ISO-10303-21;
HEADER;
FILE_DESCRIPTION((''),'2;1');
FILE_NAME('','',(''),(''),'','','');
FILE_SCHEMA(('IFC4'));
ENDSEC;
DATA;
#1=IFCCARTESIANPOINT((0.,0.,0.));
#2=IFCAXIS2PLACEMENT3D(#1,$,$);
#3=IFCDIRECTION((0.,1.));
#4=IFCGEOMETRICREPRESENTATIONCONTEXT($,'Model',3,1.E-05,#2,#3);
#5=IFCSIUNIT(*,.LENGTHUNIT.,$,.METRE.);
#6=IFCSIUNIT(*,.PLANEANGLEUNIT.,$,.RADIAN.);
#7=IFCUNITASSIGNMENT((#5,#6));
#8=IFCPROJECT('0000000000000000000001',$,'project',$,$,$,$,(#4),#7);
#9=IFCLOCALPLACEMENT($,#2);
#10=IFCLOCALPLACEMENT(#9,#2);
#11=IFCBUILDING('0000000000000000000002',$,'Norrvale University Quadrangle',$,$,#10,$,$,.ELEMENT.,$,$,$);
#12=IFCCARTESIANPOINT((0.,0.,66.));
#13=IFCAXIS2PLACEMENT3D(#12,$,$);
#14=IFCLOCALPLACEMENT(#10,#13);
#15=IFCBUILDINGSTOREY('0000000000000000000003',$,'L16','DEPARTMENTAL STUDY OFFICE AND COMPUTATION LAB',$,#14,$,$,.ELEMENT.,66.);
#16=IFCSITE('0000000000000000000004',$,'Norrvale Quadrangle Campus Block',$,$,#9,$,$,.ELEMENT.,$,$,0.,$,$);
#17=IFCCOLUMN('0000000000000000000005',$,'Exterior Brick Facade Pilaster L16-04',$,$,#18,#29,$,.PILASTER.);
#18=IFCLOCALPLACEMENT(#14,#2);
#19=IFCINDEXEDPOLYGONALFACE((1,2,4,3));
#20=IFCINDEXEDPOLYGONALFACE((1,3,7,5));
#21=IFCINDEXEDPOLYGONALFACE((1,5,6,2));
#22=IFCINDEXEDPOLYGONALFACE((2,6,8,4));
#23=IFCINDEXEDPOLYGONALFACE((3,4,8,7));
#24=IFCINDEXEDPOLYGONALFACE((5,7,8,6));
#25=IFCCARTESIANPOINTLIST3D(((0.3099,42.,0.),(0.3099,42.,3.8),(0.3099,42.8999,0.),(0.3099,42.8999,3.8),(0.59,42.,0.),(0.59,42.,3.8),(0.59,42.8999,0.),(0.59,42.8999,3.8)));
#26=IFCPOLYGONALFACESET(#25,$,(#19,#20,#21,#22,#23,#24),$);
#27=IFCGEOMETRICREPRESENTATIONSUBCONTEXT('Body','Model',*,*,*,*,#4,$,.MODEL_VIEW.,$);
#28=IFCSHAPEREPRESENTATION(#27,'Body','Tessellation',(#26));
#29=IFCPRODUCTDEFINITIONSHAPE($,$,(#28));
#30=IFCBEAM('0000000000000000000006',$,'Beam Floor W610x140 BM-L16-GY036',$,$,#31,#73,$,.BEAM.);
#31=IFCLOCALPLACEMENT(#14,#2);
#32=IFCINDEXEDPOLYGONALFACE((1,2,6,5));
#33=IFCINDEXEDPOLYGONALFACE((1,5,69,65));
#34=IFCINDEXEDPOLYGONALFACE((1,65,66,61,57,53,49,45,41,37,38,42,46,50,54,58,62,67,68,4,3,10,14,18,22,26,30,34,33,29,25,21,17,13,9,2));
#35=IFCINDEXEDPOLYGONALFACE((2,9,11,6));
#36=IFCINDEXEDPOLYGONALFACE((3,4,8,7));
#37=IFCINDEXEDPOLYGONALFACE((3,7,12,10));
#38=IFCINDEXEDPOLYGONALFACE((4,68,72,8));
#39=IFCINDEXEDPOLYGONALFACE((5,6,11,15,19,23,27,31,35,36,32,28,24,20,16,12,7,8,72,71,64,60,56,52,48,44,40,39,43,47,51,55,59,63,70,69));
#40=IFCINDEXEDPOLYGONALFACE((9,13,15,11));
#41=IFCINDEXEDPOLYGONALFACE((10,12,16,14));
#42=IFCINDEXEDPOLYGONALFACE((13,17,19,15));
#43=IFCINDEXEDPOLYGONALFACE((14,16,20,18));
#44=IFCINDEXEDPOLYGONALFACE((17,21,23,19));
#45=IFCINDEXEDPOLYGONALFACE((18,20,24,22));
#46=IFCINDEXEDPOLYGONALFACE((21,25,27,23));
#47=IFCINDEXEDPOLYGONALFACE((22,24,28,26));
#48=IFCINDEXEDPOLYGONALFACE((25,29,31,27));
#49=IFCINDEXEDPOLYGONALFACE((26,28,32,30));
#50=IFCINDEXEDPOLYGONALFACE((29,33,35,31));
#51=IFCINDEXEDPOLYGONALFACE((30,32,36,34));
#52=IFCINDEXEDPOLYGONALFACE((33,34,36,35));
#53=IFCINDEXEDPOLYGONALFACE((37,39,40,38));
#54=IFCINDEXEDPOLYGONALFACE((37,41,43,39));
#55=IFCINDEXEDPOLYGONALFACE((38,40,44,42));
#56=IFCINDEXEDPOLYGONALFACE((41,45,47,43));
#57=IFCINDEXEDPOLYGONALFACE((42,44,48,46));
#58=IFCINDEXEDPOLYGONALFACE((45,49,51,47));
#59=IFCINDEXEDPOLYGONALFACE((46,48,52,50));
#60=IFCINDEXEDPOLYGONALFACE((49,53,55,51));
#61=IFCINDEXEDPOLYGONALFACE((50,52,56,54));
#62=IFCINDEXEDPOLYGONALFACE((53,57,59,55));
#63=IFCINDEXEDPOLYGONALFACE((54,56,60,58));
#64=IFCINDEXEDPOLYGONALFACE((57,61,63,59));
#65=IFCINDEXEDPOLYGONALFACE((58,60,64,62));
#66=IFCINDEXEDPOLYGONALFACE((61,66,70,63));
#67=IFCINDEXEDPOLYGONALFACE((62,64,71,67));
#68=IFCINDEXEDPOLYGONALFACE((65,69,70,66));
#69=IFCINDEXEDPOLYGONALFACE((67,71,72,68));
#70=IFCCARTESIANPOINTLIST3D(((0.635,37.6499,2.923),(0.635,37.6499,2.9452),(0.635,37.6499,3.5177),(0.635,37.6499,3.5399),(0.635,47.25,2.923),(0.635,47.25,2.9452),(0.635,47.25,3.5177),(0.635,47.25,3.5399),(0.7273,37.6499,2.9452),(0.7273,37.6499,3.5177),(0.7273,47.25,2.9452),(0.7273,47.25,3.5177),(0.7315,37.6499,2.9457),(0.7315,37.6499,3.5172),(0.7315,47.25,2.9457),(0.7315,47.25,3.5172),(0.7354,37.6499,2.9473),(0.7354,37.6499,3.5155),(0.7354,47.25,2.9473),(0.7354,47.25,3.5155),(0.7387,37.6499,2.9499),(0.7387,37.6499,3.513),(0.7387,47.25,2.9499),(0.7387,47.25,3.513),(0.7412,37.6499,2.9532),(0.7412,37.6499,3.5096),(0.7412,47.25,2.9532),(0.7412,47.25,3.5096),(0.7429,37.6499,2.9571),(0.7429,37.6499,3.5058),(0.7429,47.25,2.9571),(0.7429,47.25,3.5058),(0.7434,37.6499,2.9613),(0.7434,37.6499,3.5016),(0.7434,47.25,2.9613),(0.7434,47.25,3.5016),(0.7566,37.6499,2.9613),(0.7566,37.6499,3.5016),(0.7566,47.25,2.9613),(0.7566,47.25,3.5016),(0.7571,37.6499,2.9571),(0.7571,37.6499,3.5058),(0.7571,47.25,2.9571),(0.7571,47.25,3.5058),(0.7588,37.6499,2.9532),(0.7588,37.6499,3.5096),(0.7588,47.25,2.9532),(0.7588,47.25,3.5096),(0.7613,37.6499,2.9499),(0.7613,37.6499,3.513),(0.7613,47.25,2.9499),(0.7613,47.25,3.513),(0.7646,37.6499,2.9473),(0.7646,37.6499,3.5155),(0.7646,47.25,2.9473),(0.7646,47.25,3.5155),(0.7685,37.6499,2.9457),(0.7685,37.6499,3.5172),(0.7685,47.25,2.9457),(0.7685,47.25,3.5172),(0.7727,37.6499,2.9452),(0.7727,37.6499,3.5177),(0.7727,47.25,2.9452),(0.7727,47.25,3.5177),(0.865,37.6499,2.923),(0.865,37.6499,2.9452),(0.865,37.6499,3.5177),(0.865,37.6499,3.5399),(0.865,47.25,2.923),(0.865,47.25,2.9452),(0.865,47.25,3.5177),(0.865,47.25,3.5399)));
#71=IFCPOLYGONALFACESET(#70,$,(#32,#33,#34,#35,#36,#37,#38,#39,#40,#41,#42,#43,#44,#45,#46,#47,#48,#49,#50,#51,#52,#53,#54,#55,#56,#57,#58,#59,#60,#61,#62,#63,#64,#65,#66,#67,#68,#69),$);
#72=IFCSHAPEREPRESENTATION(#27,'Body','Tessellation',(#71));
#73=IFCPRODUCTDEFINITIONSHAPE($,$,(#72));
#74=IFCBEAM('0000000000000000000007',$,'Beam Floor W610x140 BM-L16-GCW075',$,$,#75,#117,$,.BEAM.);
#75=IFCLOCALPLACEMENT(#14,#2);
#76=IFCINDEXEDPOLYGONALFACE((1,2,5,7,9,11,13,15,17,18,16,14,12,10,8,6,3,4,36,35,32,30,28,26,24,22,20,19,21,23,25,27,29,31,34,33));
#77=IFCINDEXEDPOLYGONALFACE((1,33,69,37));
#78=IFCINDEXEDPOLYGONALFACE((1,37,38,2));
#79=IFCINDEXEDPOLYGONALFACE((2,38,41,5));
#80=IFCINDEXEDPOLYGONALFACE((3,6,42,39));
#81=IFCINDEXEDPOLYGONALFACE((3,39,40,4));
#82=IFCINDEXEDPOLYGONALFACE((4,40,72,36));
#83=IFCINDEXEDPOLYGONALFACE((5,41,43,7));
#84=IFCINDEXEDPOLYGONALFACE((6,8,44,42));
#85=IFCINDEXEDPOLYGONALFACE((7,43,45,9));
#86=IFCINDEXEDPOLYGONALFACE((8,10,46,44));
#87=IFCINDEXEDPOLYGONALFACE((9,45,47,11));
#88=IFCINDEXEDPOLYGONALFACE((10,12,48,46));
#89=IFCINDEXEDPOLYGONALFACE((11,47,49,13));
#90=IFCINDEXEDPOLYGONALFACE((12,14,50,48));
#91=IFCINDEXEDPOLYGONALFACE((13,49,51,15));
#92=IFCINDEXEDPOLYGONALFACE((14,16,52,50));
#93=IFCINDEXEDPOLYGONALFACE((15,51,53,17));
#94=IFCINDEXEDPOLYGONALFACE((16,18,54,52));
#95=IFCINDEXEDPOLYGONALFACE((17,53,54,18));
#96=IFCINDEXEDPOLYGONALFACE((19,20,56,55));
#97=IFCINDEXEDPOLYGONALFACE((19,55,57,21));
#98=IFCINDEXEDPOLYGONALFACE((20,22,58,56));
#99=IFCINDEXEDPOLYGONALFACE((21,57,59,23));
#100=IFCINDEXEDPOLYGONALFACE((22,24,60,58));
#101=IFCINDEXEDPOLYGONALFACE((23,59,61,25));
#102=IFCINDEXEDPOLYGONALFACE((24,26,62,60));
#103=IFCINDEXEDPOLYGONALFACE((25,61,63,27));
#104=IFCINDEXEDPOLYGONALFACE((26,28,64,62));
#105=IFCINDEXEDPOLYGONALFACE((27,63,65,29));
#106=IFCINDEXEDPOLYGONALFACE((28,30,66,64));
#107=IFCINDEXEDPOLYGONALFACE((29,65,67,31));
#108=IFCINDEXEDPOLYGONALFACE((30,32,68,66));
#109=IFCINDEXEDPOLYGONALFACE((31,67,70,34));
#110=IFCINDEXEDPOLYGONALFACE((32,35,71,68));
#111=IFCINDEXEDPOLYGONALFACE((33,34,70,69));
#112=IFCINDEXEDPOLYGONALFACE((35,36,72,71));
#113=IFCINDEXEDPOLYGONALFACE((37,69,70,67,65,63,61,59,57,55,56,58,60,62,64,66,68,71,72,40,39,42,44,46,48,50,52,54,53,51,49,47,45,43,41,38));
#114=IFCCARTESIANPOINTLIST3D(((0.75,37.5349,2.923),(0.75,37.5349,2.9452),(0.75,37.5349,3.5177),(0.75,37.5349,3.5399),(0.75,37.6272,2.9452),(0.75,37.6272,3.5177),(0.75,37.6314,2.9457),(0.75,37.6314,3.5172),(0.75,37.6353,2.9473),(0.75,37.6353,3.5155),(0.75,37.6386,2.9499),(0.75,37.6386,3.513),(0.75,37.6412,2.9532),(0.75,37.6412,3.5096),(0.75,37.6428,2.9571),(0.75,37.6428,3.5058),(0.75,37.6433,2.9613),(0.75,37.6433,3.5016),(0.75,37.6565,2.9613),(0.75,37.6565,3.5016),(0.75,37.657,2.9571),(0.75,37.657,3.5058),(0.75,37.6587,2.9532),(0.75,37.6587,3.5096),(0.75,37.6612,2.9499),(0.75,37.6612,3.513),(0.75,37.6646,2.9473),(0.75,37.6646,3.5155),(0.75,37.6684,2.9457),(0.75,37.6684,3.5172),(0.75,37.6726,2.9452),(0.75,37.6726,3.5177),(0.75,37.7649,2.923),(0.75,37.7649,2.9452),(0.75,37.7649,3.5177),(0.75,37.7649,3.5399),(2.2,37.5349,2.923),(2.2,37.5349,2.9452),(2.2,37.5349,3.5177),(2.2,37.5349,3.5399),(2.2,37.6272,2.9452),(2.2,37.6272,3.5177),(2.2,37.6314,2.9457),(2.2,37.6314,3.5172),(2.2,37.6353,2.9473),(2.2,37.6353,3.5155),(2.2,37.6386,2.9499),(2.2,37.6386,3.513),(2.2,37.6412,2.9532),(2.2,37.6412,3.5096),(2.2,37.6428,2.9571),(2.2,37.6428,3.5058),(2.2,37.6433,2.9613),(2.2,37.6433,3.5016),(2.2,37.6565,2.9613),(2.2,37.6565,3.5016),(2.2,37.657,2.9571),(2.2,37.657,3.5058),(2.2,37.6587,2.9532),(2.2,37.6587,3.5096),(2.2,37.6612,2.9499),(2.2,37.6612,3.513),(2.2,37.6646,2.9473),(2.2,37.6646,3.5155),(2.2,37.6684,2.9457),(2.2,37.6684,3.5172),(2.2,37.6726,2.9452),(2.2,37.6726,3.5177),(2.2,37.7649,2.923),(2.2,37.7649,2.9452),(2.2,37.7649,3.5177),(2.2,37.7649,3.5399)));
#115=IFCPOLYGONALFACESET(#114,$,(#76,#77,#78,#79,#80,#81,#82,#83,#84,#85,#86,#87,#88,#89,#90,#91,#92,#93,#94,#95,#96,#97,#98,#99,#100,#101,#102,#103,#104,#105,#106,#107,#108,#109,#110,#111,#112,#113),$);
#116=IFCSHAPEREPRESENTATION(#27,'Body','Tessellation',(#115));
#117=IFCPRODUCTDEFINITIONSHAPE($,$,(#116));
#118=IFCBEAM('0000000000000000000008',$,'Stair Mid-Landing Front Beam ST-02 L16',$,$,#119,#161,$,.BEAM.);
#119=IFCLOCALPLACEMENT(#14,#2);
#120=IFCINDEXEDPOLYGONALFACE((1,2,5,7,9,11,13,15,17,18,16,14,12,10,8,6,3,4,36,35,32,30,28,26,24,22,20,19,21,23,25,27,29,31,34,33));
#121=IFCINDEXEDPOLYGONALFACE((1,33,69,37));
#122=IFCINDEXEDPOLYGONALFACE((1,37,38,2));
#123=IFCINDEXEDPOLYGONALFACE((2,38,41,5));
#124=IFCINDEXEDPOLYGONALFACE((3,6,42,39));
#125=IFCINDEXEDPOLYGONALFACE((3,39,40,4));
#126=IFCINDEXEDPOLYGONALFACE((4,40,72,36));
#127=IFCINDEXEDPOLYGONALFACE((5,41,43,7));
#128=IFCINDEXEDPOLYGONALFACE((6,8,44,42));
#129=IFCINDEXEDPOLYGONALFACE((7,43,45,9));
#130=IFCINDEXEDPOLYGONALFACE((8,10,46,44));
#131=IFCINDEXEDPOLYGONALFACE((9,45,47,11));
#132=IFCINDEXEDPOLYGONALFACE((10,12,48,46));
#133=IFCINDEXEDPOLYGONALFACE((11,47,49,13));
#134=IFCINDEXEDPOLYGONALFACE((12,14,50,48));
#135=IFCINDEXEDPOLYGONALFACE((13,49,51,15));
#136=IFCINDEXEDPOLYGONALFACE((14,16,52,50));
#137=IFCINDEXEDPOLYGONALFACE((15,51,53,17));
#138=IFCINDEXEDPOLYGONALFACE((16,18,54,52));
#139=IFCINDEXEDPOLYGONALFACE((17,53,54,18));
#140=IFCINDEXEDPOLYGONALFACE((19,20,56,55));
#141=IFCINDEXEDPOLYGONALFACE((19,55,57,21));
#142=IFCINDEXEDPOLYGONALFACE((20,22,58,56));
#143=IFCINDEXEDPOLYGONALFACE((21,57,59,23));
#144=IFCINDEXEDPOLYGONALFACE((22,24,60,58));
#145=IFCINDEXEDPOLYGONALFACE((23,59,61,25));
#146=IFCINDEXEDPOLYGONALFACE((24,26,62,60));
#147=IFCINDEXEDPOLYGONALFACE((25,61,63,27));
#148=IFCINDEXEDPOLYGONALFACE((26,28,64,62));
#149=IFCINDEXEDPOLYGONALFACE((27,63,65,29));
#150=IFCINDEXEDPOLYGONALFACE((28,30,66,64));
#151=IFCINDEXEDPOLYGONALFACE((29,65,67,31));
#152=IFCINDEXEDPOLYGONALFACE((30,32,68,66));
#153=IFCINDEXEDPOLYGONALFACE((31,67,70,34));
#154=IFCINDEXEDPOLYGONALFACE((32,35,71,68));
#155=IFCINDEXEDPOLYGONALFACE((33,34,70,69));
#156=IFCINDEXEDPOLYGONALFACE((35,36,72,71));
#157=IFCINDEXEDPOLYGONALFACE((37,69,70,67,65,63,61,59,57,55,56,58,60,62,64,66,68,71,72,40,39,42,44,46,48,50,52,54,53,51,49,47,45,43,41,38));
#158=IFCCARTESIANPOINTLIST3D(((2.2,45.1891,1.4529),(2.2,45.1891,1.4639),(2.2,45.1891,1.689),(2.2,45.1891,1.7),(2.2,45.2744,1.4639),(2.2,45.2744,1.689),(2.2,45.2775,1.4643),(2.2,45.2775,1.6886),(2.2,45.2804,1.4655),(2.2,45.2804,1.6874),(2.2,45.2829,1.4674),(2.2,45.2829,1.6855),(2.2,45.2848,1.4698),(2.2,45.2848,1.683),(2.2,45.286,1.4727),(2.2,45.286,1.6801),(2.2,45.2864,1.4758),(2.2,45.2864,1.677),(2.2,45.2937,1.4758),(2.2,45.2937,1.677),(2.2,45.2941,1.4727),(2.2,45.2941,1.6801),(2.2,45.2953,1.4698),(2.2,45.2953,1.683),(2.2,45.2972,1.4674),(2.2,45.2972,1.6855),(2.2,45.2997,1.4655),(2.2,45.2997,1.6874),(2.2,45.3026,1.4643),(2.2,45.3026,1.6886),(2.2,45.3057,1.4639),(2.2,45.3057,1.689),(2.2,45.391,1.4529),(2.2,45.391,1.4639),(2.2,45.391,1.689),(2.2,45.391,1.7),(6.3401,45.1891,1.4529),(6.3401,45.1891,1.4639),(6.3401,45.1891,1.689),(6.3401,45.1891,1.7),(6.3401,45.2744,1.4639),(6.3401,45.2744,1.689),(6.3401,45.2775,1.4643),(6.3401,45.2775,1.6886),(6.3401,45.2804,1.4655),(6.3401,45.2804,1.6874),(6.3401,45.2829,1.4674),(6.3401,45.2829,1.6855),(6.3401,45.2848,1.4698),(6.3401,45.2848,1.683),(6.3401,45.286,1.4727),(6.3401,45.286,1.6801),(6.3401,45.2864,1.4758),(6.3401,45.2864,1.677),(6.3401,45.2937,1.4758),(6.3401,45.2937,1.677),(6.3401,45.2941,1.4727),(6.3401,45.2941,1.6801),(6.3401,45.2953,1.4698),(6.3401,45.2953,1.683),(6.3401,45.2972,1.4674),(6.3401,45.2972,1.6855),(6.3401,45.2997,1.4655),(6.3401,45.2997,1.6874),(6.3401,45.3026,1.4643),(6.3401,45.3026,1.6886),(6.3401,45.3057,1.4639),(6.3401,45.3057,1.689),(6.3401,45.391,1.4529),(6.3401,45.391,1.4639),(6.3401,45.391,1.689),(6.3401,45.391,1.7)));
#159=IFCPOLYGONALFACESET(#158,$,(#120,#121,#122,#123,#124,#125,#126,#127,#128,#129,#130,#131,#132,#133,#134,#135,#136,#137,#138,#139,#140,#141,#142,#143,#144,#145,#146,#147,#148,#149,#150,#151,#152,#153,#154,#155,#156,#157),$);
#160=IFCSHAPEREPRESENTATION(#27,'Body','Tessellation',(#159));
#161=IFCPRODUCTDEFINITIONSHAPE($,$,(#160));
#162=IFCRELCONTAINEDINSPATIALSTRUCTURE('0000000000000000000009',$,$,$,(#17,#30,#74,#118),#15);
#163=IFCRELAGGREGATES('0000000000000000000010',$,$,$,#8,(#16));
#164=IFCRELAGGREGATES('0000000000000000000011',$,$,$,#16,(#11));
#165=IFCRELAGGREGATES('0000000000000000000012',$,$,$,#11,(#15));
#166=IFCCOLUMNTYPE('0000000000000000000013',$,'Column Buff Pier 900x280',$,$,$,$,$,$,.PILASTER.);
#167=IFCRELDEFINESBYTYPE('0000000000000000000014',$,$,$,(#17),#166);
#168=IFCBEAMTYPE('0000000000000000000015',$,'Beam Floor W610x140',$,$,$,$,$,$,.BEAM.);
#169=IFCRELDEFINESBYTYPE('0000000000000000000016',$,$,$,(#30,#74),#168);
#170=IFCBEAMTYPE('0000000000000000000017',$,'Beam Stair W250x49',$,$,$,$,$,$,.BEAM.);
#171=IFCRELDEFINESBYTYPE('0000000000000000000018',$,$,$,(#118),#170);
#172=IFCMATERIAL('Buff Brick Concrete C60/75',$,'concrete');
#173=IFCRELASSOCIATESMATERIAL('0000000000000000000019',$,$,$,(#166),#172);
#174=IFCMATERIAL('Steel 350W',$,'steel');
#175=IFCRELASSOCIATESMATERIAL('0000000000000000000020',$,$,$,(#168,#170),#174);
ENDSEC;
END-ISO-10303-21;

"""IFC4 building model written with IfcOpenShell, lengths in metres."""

from ifc_helpers import new_model, si_unit, direction, frame, origin, origin_2d, place, context, subcontext, project, spatial, rectangle, i_section, extrude, material, material_profile, profile_set, type_object, element, save


model = new_model("IFC4")

# Units and contexts
model_context = context("Model", 3, precision=1e-05, world=origin(), true_north=direction((0.0, 1.0)))
body_context = subcontext(model_context, "Body", "Model", "MODEL_VIEW")
ifc_project = project(units=[si_unit("LENGTHUNIT", "METRE"), si_unit("PLANEANGLEUNIT", "RADIAN")], contexts=[model_context])

# Site, building, storey
site_placement = place(None, origin())
site = spatial("IfcSite", under=ifc_project, at=site_placement, Name="Norrvale Quadrangle Campus Block", CompositionType="ELEMENT", RefElevation=0.0)
building_placement = place(site_placement, origin())
building = spatial("IfcBuilding", under=site, at=building_placement, Name="Norrvale University Quadrangle", CompositionType="ELEMENT")
storey_placement = place(building_placement, frame((0.0, 0.0, 66.0)))
storey = spatial("IfcBuildingStorey", under=building, at=storey_placement, Name="L16", Description="DEPARTMENTAL STUDY OFFICE AND COMPUTATION LAB", CompositionType="ELEMENT", Elevation=66.0)

# Column
ifc_material_1 = material(Name="Buff Brick Concrete C60/75", Category="concrete")
ifc_material_profile_1 = material_profile(ifc_material_1, rectangle(XDim=0.8999, YDim=0.28, at=origin_2d()), Name="Buff Brick Concrete C60/75")
ifc_profile_set_1 = profile_set([ifc_material_profile_1], Name="Buff Brick Concrete C60/75")
column_type = type_object("IfcColumnType", Name="Column Buff Pier 900x280", PredefinedType="PILASTER", material=ifc_profile_set_1)
column_placement = place(storey_placement, frame((0.45, 42.45, 0.0), z_axis=(0.0, 0.0, 1.0), x_axis=(0.0, 1.0, 0.0)))
element("IfcColumn", 1, at=column_placement, inside=storey, type_object=column_type, Name="Exterior Brick Facade Pilaster L16-04", PredefinedType="PILASTER", context=body_context, shape_type="SweptSolid", body=[
    extrude(rectangle(XDim=0.8999, YDim=0.28, at=origin_2d()), origin(), (0.0, 0.0, 1.0), 3.8),
])

# Beams
ifc_material_2 = material(Name="Steel 350W", Category="steel")
ifc_material_profile_2 = material_profile(ifc_material_2, i_section(OverallWidth=0.23, OverallDepth=0.6169, WebThickness=0.0132, FlangeThickness=0.0222, FilletRadius=0.0161, at=origin_2d()), Name="Steel 350W")
ifc_profile_set_2 = profile_set([ifc_material_profile_2], Name="Steel 350W")
beam_type_1 = type_object("IfcBeamType", Name="Beam Floor W610x140", PredefinedType="BEAM", material=ifc_profile_set_2)
beam_1_placement = place(storey_placement, frame((0.75, 37.6499, 3.2314), z_axis=(0.0, 1.0, 0.0), x_axis=(-1.0, 0.0, 0.0)))
element("IfcBeam", 2, at=beam_1_placement, inside=storey, type_object=beam_type_1, Name="Beam Floor W610x140 BM-L16-GY036", PredefinedType="BEAM", context=body_context, shape_type="SweptSolid", body=[
    extrude(i_section(OverallWidth=0.23, OverallDepth=0.6169, WebThickness=0.0132, FlangeThickness=0.0222, FilletRadius=0.0161, at=origin_2d()), origin(), (0.0, 0.0, 1.0), 9.6001),
])
beam_2_placement = place(storey_placement, frame((0.75, 37.6499, 3.2314), z_axis=(1.0, 0.0, 0.0), x_axis=(0.0, 1.0, 0.0)))
element("IfcBeam", 3, at=beam_2_placement, inside=storey, type_object=beam_type_1, Name="Beam Floor W610x140 BM-L16-GCW075", PredefinedType="BEAM", context=body_context, shape_type="SweptSolid", body=[
    extrude(i_section(OverallWidth=0.23, OverallDepth=0.6169, WebThickness=0.0132, FlangeThickness=0.0222, FilletRadius=0.0161, at=origin_2d()), origin(), (0.0, 0.0, 1.0), 1.45),
])
ifc_material_profile_3 = material_profile(ifc_material_2, i_section(OverallWidth=0.2019, OverallDepth=0.2471, WebThickness=0.0073, FlangeThickness=0.011, FilletRadius=0.012, at=origin_2d()), Name="Steel 350W")
ifc_profile_set_3 = profile_set([ifc_material_profile_3], Name="Steel 350W")
beam_type_2 = type_object("IfcBeamType", Name="Beam Stair W250x49", PredefinedType="BEAM", material=ifc_profile_set_3)
beam_3_placement = place(storey_placement, frame((2.2, 45.29, 1.5764), z_axis=(1.0, 0.0, 0.0), x_axis=(0.0, 1.0, 0.0)))
element("IfcBeam", 4, at=beam_3_placement, inside=storey, type_object=beam_type_2, Name="Stair Mid-Landing Front Beam ST-02 L16", PredefinedType="BEAM", context=body_context, shape_type="SweptSolid", body=[
    extrude(i_section(OverallWidth=0.2019, OverallDepth=0.2471, WebThickness=0.0073, FlangeThickness=0.011, FilletRadius=0.012, at=origin_2d()), origin(), (0.0, 0.0, 1.0), 4.1401),
])

save(model, "model.ifc")
